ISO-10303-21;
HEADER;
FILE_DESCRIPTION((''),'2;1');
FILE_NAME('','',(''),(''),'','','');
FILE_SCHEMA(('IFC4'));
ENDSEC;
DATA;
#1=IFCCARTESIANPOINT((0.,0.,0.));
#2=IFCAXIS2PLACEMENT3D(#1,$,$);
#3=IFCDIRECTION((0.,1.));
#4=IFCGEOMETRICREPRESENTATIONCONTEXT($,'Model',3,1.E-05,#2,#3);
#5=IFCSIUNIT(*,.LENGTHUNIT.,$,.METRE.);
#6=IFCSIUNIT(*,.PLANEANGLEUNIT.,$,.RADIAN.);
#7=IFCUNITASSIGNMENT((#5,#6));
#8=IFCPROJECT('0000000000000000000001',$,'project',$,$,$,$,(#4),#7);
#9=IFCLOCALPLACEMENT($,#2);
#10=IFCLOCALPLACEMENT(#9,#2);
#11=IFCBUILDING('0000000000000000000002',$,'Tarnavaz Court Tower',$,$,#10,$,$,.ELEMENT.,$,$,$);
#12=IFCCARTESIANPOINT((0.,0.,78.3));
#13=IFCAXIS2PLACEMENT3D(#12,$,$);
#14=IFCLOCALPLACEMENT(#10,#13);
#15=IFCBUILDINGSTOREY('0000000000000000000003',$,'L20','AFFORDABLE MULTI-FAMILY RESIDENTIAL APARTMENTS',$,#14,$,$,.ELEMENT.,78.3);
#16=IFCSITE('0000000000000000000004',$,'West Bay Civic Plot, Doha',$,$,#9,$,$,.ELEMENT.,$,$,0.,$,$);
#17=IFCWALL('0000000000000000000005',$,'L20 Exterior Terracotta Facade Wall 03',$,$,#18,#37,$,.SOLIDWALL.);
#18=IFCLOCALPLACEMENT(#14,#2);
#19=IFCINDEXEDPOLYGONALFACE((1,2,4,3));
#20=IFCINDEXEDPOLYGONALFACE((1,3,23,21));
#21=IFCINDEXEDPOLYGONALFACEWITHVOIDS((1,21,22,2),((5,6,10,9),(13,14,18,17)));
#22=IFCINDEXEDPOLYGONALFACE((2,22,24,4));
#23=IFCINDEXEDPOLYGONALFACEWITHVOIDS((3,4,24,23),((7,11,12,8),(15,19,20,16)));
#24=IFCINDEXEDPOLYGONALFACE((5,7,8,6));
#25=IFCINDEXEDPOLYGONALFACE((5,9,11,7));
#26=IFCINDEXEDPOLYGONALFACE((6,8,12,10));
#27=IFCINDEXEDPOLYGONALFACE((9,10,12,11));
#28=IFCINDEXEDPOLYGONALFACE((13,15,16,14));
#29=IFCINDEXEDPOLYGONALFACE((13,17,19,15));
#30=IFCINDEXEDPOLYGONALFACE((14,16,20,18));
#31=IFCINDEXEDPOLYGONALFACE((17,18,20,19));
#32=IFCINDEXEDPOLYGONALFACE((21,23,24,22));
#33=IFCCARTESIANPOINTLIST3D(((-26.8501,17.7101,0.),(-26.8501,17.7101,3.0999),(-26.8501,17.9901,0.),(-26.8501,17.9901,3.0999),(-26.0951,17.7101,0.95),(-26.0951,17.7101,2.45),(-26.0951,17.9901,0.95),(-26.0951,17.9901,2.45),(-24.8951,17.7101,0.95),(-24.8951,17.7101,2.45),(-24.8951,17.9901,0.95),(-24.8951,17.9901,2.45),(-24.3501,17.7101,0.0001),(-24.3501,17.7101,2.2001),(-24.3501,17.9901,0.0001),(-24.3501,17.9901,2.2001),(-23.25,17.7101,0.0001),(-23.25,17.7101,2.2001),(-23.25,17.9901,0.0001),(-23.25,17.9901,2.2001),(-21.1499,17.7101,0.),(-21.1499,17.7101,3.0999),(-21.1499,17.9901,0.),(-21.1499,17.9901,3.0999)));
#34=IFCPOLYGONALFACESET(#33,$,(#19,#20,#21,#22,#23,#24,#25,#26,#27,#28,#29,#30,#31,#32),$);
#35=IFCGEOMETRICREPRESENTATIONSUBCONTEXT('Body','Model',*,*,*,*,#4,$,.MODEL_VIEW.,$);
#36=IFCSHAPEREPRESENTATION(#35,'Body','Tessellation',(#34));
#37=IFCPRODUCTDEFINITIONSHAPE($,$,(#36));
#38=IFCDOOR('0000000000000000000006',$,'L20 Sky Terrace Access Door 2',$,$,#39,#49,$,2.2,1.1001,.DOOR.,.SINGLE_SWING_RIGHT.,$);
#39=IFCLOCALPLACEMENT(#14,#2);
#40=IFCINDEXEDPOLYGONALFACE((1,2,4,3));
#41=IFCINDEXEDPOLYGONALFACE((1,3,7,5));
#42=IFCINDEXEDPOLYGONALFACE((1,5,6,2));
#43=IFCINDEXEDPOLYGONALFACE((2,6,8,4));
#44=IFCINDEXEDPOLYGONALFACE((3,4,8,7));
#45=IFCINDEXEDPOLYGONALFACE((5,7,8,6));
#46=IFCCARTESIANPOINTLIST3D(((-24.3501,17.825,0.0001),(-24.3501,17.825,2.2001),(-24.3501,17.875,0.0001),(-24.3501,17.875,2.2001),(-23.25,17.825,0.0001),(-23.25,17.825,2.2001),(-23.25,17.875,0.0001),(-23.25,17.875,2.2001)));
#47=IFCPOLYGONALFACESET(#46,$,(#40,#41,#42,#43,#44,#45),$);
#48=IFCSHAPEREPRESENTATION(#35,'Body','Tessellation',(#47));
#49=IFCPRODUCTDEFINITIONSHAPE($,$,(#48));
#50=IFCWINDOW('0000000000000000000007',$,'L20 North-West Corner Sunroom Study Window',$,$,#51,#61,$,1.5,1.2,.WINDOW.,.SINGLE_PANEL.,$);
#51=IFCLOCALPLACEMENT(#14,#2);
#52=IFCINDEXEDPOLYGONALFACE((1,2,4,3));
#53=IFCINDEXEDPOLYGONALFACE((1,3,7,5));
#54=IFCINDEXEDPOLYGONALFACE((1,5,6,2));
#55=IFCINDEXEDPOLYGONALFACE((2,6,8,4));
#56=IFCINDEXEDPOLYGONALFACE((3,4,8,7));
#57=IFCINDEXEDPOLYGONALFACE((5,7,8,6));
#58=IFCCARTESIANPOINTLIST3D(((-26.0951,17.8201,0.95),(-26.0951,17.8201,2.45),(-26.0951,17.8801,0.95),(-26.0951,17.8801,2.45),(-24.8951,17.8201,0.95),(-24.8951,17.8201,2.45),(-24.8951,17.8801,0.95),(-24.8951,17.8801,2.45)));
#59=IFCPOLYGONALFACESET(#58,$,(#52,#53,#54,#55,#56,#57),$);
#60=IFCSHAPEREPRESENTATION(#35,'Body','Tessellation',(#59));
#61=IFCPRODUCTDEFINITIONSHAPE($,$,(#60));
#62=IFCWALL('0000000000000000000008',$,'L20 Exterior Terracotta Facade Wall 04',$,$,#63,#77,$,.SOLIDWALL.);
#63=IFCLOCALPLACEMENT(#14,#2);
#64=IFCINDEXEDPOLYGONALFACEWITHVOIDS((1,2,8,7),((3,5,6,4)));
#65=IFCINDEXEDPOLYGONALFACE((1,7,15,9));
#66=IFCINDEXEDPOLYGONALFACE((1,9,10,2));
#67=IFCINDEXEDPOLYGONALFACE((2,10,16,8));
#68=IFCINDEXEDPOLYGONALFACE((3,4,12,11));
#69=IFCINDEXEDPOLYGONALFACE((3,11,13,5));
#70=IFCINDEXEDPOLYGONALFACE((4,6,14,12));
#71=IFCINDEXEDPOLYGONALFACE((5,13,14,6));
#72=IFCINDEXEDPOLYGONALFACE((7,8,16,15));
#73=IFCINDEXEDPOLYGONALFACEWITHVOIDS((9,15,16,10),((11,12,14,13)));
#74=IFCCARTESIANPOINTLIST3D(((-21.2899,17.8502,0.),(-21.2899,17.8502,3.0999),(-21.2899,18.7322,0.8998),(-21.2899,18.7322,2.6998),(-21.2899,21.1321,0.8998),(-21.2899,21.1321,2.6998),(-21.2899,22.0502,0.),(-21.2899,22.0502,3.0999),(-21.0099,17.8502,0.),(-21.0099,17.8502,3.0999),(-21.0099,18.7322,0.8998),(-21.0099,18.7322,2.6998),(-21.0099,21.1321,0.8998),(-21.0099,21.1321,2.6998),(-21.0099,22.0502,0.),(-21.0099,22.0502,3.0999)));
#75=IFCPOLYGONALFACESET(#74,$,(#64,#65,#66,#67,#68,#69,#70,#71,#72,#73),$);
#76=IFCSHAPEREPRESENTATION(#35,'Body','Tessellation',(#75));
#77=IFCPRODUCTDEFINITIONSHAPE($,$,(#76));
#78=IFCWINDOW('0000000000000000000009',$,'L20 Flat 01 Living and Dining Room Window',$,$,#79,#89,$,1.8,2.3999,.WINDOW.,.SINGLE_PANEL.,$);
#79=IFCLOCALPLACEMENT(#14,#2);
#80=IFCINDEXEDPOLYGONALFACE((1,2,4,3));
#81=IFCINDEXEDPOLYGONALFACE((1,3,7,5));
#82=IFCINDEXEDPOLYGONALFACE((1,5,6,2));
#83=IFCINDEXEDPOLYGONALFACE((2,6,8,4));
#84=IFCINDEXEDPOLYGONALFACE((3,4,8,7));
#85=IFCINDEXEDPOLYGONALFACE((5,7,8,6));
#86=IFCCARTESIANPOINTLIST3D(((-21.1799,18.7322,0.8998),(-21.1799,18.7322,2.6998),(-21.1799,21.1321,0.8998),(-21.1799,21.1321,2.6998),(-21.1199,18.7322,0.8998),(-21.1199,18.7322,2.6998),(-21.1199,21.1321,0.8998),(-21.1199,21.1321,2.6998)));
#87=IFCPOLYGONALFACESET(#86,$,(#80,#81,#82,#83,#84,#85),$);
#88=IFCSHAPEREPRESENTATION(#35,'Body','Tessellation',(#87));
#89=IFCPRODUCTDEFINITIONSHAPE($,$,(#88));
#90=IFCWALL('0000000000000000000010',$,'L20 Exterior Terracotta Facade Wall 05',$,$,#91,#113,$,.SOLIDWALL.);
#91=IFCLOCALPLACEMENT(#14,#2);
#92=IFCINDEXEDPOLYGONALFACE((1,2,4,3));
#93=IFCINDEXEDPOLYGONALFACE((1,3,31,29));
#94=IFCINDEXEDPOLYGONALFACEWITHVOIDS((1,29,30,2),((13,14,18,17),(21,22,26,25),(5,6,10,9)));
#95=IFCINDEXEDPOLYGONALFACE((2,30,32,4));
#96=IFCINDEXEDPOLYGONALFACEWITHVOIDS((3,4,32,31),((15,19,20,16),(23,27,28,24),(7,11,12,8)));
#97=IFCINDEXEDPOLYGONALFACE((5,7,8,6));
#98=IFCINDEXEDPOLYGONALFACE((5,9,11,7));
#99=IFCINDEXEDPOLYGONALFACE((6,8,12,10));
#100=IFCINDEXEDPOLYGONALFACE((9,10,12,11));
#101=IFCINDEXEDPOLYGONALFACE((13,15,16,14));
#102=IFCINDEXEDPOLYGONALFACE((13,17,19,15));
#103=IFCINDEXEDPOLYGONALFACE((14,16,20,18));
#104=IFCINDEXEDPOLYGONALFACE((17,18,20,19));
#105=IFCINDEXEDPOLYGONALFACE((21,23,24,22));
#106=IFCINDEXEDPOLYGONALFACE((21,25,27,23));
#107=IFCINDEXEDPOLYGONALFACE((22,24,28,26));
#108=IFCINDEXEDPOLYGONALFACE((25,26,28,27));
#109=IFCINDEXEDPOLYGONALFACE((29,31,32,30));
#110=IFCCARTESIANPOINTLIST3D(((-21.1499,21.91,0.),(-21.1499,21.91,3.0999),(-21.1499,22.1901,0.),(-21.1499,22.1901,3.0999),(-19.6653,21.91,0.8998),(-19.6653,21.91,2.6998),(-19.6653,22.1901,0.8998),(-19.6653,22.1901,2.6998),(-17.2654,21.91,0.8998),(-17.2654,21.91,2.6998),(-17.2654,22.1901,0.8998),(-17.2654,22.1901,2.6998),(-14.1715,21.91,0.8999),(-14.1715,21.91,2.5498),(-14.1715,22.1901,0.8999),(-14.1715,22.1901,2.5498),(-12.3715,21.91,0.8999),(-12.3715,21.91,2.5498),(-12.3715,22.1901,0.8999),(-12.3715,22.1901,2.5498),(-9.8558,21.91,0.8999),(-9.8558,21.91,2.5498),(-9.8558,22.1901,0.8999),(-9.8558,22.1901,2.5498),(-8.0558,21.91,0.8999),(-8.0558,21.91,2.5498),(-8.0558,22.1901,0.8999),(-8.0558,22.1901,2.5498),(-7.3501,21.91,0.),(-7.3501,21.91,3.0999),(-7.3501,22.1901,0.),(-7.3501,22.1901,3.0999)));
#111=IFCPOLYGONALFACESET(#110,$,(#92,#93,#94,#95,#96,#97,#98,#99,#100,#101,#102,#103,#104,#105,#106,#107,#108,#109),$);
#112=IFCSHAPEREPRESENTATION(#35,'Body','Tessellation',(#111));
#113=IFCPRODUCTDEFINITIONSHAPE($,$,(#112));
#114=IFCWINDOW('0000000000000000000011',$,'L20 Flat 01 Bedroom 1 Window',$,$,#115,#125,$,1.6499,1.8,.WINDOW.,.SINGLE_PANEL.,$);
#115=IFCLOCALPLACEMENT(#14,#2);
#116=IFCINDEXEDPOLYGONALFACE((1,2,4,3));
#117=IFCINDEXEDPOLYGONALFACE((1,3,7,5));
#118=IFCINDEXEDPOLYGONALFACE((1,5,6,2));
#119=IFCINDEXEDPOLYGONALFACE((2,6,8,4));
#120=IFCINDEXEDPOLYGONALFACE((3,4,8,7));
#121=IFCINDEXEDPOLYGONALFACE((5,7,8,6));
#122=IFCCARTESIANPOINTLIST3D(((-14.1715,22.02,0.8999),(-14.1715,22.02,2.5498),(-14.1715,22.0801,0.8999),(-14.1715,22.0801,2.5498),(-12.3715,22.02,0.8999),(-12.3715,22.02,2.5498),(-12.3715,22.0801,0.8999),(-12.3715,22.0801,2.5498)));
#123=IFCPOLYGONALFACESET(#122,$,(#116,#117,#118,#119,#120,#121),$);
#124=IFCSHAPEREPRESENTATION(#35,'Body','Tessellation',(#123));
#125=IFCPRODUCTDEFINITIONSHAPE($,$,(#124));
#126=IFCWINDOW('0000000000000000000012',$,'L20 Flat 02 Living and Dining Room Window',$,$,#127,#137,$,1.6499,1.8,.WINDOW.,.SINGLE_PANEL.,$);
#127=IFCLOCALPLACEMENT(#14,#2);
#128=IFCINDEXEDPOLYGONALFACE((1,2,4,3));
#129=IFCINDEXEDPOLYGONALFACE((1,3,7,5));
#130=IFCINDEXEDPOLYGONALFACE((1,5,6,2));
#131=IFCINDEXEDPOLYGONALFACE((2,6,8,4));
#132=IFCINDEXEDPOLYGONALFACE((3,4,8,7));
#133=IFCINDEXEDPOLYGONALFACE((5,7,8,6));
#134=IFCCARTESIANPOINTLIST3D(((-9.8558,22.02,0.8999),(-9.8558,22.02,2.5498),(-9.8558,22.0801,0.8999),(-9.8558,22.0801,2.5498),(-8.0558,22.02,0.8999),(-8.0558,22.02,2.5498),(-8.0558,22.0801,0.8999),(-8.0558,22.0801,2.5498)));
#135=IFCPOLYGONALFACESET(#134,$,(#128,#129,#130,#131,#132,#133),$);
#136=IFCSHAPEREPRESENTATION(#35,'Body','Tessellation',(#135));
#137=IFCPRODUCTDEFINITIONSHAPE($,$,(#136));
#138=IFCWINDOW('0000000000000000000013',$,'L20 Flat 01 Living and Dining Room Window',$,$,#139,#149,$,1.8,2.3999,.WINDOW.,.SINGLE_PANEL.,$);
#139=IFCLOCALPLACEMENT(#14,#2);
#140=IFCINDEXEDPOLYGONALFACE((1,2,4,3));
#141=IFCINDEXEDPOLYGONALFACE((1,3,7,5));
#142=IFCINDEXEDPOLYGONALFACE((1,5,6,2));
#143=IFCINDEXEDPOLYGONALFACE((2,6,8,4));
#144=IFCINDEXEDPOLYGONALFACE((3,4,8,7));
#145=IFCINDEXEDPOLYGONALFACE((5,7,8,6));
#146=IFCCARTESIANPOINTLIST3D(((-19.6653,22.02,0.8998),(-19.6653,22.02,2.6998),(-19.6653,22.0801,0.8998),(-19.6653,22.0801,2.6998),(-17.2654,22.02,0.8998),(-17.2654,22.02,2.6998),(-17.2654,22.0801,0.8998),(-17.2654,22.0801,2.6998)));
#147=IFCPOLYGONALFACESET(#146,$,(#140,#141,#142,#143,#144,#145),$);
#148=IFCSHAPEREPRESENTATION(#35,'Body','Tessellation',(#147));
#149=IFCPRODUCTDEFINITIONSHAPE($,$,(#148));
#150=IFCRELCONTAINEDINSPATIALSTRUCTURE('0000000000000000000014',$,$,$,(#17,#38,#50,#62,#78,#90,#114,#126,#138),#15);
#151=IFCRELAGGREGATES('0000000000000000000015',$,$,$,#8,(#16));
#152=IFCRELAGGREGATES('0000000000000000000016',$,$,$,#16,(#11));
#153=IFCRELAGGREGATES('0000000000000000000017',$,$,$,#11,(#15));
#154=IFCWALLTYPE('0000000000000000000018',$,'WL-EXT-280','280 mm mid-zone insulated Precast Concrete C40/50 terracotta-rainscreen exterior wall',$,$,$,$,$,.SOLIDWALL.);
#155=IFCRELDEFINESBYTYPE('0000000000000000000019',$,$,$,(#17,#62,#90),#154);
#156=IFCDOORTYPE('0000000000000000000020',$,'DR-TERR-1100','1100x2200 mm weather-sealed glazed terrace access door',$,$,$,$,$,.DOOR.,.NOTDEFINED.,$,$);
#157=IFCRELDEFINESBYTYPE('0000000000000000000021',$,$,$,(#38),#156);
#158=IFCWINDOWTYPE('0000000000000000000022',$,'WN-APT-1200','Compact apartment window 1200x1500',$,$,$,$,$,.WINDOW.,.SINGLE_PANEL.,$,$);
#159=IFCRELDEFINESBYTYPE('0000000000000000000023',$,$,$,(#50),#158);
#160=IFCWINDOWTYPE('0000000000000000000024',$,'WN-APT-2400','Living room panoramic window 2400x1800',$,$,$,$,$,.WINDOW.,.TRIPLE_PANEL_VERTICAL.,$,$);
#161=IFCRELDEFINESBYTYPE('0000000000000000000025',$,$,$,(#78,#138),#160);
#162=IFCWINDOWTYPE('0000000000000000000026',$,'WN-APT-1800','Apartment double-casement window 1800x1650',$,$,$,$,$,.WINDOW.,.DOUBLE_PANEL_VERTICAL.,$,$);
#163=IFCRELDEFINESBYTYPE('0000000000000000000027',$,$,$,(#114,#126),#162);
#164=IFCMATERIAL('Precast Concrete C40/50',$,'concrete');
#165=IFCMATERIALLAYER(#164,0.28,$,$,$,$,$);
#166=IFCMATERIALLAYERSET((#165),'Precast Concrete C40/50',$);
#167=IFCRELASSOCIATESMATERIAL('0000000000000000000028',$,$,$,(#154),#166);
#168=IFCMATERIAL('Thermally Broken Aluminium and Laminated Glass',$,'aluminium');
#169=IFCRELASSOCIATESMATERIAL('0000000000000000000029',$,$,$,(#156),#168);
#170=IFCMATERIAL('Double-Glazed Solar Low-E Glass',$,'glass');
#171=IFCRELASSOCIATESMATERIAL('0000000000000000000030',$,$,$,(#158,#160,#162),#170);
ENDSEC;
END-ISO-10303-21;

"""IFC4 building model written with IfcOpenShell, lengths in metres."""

from ifc_helpers import new_model, si_unit, direction, frame, frame_2d, origin, place, context, subcontext, project, spatial, rectangle, extrude, material, layer, layer_set, type_object, element, fill, save


model = new_model("IFC4")

# Units and contexts
model_context = context("Model", 3, precision=1e-05, world=origin(), true_north=direction((0.0, 1.0)))
body_context = subcontext(model_context, "Body", "Model", "MODEL_VIEW")
ifc_project = project(units=[si_unit("LENGTHUNIT", "METRE"), si_unit("PLANEANGLEUNIT", "RADIAN")], contexts=[model_context])

# Site, building, storey
site_placement = place(None, origin())
site = spatial("IfcSite", under=ifc_project, at=site_placement, Name="West Bay Civic Plot, Doha", CompositionType="ELEMENT", RefElevation=0.0)
building_placement = place(site_placement, origin())
building = spatial("IfcBuilding", under=site, at=building_placement, Name="Tarnavaz Court Tower", CompositionType="ELEMENT")
storey_placement = place(building_placement, frame((0.0, 0.0, 78.3)))
storey = spatial("IfcBuildingStorey", under=building, at=storey_placement, Name="L20", Description="AFFORDABLE MULTI-FAMILY RESIDENTIAL APARTMENTS", CompositionType="ELEMENT", Elevation=78.3)

# Wall, openings, door, window
ifc_material_1 = material(Name="Precast Concrete C40/50", Category="concrete")
ifc_layer_1 = layer(ifc_material_1, 0.28)
ifc_layer_set_1 = layer_set([ifc_layer_1], Name="Precast Concrete C40/50")
wall_type_1 = type_object("IfcWallType", Name="WL-EXT-280", Description="280 mm mid-zone insulated Precast Concrete C40/50 terracotta-rainscreen exterior wall", PredefinedType="SOLIDWALL", material=ifc_layer_set_1)
wall_1_placement = place(storey_placement, frame((-26.8501, 17.8501, 0.0), z_axis=(0.0, 0.0, 1.0), x_axis=(1.0, 0.0, 0.0)))
wall_1 = element("IfcWall", 1, at=wall_1_placement, inside=storey, type_object=wall_type_1, Name="L20 Exterior Terracotta Facade Wall 03", PredefinedType="SOLIDWALL", context=body_context, shape_type="SweptSolid", body=[
    extrude(rectangle(XDim=5.7002, YDim=0.28, at=frame_2d((2.8501, 0.0))), origin(), (0.0, 0.0, 1.0), 3.0999),
])
opening_1_placement = place(wall_1_placement, frame((2.5, 0.0, 0.0)))
opening_1 = element("IfcOpeningElement", 2, at=opening_1_placement, cuts=wall_1, PredefinedType="OPENING", context=body_context, shape_type="SweptSolid", body=[
    extrude(rectangle(XDim=1.1001, YDim=2.2, at=frame_2d((0.55, 1.1001))), frame((0.0, 0.1499, 0.0), z_axis=(0.0, -1.0, 0.0), x_axis=(1.0, 0.0, 0.0)), (0.0, 0.0, 1.0), 0.3),
])
opening_2_placement = place(wall_1_placement, frame((0.7549, 0.0, 0.95)))
opening_2 = element("IfcOpeningElement", 3, at=opening_2_placement, cuts=wall_1, PredefinedType="OPENING", context=body_context, shape_type="SweptSolid", body=[
    extrude(rectangle(XDim=1.2, YDim=1.5, at=frame_2d((0.6001, 0.75))), frame((0.0, 0.1499, 0.0), z_axis=(0.0, -1.0, 0.0), x_axis=(1.0, 0.0, 0.0)), (0.0, 0.0, 1.0), 0.3),
])
ifc_material_2 = material(Name="Thermally Broken Aluminium and Laminated Glass", Category="aluminium")
door_type_1 = type_object("IfcDoorType", Name="DR-TERR-1100", Description="1100x2200 mm weather-sealed glazed terrace access door", OperationType="NOTDEFINED", PredefinedType="DOOR", material=ifc_material_2)
door_1_placement = place(opening_1_placement, origin())
door_1 = element("IfcDoor", 4, at=door_1_placement, inside=storey, type_object=door_type_1, Name="L20 Sky Terrace Access Door 2", OperationType="SINGLE_SWING_RIGHT", OverallHeight=2.2, OverallWidth=1.1001, PredefinedType="DOOR", context=body_context, shape_type="SweptSolid", body=[
    extrude(rectangle(XDim=1.1001, YDim=2.2, at=frame_2d((0.55, 1.1001))), frame((0.0, 0.0249, 0.0), z_axis=(0.0, -1.0, 0.0), x_axis=(1.0, 0.0, 0.0)), (0.0, 0.0, 1.0), 0.05),
])
fill(opening_1, door_1)
ifc_material_3 = material(Name="Double-Glazed Solar Low-E Glass", Category="glass")
window_type_1 = type_object("IfcWindowType", Name="WN-APT-1200", Description="Compact apartment window 1200x1500", PartitioningType="SINGLE_PANEL", PredefinedType="WINDOW", material=ifc_material_3)
window_1_placement = place(opening_2_placement, origin())
window_1 = element("IfcWindow", 5, at=window_1_placement, inside=storey, type_object=window_type_1, Name="L20 North-West Corner Sunroom Study Window", OverallHeight=1.5, OverallWidth=1.2, PartitioningType="SINGLE_PANEL", PredefinedType="WINDOW", context=body_context, shape_type="SweptSolid", body=[
    extrude(rectangle(XDim=1.2, YDim=1.5, at=frame_2d((0.6001, 0.75))), frame((0.0, 0.03, 0.0), z_axis=(0.0, -1.0, 0.0), x_axis=(1.0, 0.0, 0.0)), (0.0, 0.0, 1.0), 0.0601),
])
fill(opening_2, window_1)

# Wall, opening, window
wall_2_placement = place(storey_placement, frame((-21.1499, 17.8501, 0.0), z_axis=(0.0, 0.0, 1.0), x_axis=(0.0, 1.0, 0.0)))
wall_2 = element("IfcWall", 6, at=wall_2_placement, inside=storey, type_object=wall_type_1, Name="L20 Exterior Terracotta Facade Wall 04", PredefinedType="SOLIDWALL", context=body_context, shape_type="SweptSolid", body=[
    extrude(rectangle(XDim=4.2, YDim=0.28, at=frame_2d((2.1001, 0.0))), origin(), (0.0, 0.0, 1.0), 3.0999),
])
opening_3_placement = place(wall_2_placement, frame((0.8821, 0.0, 0.8999)))
opening_3 = element("IfcOpeningElement", 7, at=opening_3_placement, cuts=wall_2, PredefinedType="OPENING", context=body_context, shape_type="SweptSolid", body=[
    extrude(rectangle(XDim=2.3999, YDim=1.8, at=frame_2d((1.2, 0.8999))), frame((0.0, 0.1499, 0.0), z_axis=(0.0, -1.0, 0.0), x_axis=(1.0, 0.0, 0.0)), (0.0, 0.0, 1.0), 0.3),
])
window_type_2 = type_object("IfcWindowType", Name="WN-APT-2400", Description="Living room panoramic window 2400x1800", PartitioningType="TRIPLE_PANEL_VERTICAL", PredefinedType="WINDOW", material=ifc_material_3)
window_2_placement = place(opening_3_placement, origin())
window_2 = element("IfcWindow", 8, at=window_2_placement, inside=storey, type_object=window_type_2, Name="L20 Flat 01 Living and Dining Room Window", OverallHeight=1.8, OverallWidth=2.3999, PartitioningType="SINGLE_PANEL", PredefinedType="WINDOW", context=body_context, shape_type="SweptSolid", body=[
    extrude(rectangle(XDim=2.3999, YDim=1.8, at=frame_2d((1.2, 0.8999))), frame((0.0, 0.03, 0.0), z_axis=(0.0, -1.0, 0.0), x_axis=(1.0, 0.0, 0.0)), (0.0, 0.0, 1.0), 0.0601),
])
fill(opening_3, window_2)

# Wall, openings, windows
wall_3_placement = place(storey_placement, frame((-21.1499, 22.05, 0.0), z_axis=(0.0, 0.0, 1.0), x_axis=(1.0, 0.0, 0.0)))
wall_3 = element("IfcWall", 9, at=wall_3_placement, inside=storey, type_object=wall_type_1, Name="L20 Exterior Terracotta Facade Wall 05", PredefinedType="SOLIDWALL", context=body_context, shape_type="SweptSolid", body=[
    extrude(rectangle(XDim=13.7998, YDim=0.28, at=frame_2d((6.8999, 0.0))), origin(), (0.0, 0.0, 1.0), 3.0999),
])
opening_4_placement = place(wall_3_placement, frame((1.4846, 0.0, 0.8999)))
opening_4 = element("IfcOpeningElement", 10, at=opening_4_placement, cuts=wall_3, PredefinedType="OPENING", context=body_context, shape_type="SweptSolid", body=[
    extrude(rectangle(XDim=2.3999, YDim=1.8, at=frame_2d((1.2, 0.8999))), frame((0.0, 0.1499, 0.0), z_axis=(0.0, -1.0, 0.0), x_axis=(1.0, 0.0, 0.0)), (0.0, 0.0, 1.0), 0.3),
])
opening_5_placement = place(wall_3_placement, frame((6.9785, 0.0, 0.8999)))
opening_5 = element("IfcOpeningElement", 11, at=opening_5_placement, cuts=wall_3, PredefinedType="OPENING", context=body_context, shape_type="SweptSolid", body=[
    extrude(rectangle(XDim=1.8, YDim=1.6499, at=frame_2d((0.8999, 0.825))), frame((0.0, 0.1499, 0.0), z_axis=(0.0, -1.0, 0.0), x_axis=(1.0, 0.0, 0.0)), (0.0, 0.0, 1.0), 0.3),
])
opening_6_placement = place(wall_3_placement, frame((11.2942, 0.0, 0.8999)))
opening_6 = element("IfcOpeningElement", 12, at=opening_6_placement, cuts=wall_3, PredefinedType="OPENING", context=body_context, shape_type="SweptSolid", body=[
    extrude(rectangle(XDim=1.8, YDim=1.6499, at=frame_2d((0.8999, 0.825))), frame((0.0, 0.1499, 0.0), z_axis=(0.0, -1.0, 0.0), x_axis=(1.0, 0.0, 0.0)), (0.0, 0.0, 1.0), 0.3),
])
window_type_3 = type_object("IfcWindowType", Name="WN-APT-1800", Description="Apartment double-casement window 1800x1650", PartitioningType="DOUBLE_PANEL_VERTICAL", PredefinedType="WINDOW", material=ifc_material_3)
window_3_placement = place(opening_5_placement, origin())
window_3 = element("IfcWindow", 13, at=window_3_placement, inside=storey, type_object=window_type_3, Name="L20 Flat 01 Bedroom 1 Window", OverallHeight=1.6499, OverallWidth=1.8, PartitioningType="SINGLE_PANEL", PredefinedType="WINDOW", context=body_context, shape_type="SweptSolid", body=[
    extrude(rectangle(XDim=1.8, YDim=1.6499, at=frame_2d((0.8999, 0.825))), frame((0.0, 0.03, 0.0), z_axis=(0.0, -1.0, 0.0), x_axis=(1.0, 0.0, 0.0)), (0.0, 0.0, 1.0), 0.0601),
])
fill(opening_5, window_3)
window_4_placement = place(opening_6_placement, origin())
window_4 = element("IfcWindow", 14, at=window_4_placement, inside=storey, type_object=window_type_3, Name="L20 Flat 02 Living and Dining Room Window", OverallHeight=1.6499, OverallWidth=1.8, PartitioningType="SINGLE_PANEL", PredefinedType="WINDOW", context=body_context, shape_type="SweptSolid", body=[
    extrude(rectangle(XDim=1.8, YDim=1.6499, at=frame_2d((0.8999, 0.825))), frame((0.0, 0.03, 0.0), z_axis=(0.0, -1.0, 0.0), x_axis=(1.0, 0.0, 0.0)), (0.0, 0.0, 1.0), 0.0601),
])
fill(opening_6, window_4)
window_5_placement = place(opening_4_placement, origin())
window_5 = element("IfcWindow", 15, at=window_5_placement, inside=storey, type_object=window_type_2, Name="L20 Flat 01 Living and Dining Room Window", OverallHeight=1.8, OverallWidth=2.3999, PartitioningType="SINGLE_PANEL", PredefinedType="WINDOW", context=body_context, shape_type="SweptSolid", body=[
    extrude(rectangle(XDim=2.3999, YDim=1.8, at=frame_2d((1.2, 0.8999))), frame((0.0, 0.03, 0.0), z_axis=(0.0, -1.0, 0.0), x_axis=(1.0, 0.0, 0.0)), (0.0, 0.0, 1.0), 0.0601),
])
fill(opening_4, window_5)

save(model, "model.ifc")
